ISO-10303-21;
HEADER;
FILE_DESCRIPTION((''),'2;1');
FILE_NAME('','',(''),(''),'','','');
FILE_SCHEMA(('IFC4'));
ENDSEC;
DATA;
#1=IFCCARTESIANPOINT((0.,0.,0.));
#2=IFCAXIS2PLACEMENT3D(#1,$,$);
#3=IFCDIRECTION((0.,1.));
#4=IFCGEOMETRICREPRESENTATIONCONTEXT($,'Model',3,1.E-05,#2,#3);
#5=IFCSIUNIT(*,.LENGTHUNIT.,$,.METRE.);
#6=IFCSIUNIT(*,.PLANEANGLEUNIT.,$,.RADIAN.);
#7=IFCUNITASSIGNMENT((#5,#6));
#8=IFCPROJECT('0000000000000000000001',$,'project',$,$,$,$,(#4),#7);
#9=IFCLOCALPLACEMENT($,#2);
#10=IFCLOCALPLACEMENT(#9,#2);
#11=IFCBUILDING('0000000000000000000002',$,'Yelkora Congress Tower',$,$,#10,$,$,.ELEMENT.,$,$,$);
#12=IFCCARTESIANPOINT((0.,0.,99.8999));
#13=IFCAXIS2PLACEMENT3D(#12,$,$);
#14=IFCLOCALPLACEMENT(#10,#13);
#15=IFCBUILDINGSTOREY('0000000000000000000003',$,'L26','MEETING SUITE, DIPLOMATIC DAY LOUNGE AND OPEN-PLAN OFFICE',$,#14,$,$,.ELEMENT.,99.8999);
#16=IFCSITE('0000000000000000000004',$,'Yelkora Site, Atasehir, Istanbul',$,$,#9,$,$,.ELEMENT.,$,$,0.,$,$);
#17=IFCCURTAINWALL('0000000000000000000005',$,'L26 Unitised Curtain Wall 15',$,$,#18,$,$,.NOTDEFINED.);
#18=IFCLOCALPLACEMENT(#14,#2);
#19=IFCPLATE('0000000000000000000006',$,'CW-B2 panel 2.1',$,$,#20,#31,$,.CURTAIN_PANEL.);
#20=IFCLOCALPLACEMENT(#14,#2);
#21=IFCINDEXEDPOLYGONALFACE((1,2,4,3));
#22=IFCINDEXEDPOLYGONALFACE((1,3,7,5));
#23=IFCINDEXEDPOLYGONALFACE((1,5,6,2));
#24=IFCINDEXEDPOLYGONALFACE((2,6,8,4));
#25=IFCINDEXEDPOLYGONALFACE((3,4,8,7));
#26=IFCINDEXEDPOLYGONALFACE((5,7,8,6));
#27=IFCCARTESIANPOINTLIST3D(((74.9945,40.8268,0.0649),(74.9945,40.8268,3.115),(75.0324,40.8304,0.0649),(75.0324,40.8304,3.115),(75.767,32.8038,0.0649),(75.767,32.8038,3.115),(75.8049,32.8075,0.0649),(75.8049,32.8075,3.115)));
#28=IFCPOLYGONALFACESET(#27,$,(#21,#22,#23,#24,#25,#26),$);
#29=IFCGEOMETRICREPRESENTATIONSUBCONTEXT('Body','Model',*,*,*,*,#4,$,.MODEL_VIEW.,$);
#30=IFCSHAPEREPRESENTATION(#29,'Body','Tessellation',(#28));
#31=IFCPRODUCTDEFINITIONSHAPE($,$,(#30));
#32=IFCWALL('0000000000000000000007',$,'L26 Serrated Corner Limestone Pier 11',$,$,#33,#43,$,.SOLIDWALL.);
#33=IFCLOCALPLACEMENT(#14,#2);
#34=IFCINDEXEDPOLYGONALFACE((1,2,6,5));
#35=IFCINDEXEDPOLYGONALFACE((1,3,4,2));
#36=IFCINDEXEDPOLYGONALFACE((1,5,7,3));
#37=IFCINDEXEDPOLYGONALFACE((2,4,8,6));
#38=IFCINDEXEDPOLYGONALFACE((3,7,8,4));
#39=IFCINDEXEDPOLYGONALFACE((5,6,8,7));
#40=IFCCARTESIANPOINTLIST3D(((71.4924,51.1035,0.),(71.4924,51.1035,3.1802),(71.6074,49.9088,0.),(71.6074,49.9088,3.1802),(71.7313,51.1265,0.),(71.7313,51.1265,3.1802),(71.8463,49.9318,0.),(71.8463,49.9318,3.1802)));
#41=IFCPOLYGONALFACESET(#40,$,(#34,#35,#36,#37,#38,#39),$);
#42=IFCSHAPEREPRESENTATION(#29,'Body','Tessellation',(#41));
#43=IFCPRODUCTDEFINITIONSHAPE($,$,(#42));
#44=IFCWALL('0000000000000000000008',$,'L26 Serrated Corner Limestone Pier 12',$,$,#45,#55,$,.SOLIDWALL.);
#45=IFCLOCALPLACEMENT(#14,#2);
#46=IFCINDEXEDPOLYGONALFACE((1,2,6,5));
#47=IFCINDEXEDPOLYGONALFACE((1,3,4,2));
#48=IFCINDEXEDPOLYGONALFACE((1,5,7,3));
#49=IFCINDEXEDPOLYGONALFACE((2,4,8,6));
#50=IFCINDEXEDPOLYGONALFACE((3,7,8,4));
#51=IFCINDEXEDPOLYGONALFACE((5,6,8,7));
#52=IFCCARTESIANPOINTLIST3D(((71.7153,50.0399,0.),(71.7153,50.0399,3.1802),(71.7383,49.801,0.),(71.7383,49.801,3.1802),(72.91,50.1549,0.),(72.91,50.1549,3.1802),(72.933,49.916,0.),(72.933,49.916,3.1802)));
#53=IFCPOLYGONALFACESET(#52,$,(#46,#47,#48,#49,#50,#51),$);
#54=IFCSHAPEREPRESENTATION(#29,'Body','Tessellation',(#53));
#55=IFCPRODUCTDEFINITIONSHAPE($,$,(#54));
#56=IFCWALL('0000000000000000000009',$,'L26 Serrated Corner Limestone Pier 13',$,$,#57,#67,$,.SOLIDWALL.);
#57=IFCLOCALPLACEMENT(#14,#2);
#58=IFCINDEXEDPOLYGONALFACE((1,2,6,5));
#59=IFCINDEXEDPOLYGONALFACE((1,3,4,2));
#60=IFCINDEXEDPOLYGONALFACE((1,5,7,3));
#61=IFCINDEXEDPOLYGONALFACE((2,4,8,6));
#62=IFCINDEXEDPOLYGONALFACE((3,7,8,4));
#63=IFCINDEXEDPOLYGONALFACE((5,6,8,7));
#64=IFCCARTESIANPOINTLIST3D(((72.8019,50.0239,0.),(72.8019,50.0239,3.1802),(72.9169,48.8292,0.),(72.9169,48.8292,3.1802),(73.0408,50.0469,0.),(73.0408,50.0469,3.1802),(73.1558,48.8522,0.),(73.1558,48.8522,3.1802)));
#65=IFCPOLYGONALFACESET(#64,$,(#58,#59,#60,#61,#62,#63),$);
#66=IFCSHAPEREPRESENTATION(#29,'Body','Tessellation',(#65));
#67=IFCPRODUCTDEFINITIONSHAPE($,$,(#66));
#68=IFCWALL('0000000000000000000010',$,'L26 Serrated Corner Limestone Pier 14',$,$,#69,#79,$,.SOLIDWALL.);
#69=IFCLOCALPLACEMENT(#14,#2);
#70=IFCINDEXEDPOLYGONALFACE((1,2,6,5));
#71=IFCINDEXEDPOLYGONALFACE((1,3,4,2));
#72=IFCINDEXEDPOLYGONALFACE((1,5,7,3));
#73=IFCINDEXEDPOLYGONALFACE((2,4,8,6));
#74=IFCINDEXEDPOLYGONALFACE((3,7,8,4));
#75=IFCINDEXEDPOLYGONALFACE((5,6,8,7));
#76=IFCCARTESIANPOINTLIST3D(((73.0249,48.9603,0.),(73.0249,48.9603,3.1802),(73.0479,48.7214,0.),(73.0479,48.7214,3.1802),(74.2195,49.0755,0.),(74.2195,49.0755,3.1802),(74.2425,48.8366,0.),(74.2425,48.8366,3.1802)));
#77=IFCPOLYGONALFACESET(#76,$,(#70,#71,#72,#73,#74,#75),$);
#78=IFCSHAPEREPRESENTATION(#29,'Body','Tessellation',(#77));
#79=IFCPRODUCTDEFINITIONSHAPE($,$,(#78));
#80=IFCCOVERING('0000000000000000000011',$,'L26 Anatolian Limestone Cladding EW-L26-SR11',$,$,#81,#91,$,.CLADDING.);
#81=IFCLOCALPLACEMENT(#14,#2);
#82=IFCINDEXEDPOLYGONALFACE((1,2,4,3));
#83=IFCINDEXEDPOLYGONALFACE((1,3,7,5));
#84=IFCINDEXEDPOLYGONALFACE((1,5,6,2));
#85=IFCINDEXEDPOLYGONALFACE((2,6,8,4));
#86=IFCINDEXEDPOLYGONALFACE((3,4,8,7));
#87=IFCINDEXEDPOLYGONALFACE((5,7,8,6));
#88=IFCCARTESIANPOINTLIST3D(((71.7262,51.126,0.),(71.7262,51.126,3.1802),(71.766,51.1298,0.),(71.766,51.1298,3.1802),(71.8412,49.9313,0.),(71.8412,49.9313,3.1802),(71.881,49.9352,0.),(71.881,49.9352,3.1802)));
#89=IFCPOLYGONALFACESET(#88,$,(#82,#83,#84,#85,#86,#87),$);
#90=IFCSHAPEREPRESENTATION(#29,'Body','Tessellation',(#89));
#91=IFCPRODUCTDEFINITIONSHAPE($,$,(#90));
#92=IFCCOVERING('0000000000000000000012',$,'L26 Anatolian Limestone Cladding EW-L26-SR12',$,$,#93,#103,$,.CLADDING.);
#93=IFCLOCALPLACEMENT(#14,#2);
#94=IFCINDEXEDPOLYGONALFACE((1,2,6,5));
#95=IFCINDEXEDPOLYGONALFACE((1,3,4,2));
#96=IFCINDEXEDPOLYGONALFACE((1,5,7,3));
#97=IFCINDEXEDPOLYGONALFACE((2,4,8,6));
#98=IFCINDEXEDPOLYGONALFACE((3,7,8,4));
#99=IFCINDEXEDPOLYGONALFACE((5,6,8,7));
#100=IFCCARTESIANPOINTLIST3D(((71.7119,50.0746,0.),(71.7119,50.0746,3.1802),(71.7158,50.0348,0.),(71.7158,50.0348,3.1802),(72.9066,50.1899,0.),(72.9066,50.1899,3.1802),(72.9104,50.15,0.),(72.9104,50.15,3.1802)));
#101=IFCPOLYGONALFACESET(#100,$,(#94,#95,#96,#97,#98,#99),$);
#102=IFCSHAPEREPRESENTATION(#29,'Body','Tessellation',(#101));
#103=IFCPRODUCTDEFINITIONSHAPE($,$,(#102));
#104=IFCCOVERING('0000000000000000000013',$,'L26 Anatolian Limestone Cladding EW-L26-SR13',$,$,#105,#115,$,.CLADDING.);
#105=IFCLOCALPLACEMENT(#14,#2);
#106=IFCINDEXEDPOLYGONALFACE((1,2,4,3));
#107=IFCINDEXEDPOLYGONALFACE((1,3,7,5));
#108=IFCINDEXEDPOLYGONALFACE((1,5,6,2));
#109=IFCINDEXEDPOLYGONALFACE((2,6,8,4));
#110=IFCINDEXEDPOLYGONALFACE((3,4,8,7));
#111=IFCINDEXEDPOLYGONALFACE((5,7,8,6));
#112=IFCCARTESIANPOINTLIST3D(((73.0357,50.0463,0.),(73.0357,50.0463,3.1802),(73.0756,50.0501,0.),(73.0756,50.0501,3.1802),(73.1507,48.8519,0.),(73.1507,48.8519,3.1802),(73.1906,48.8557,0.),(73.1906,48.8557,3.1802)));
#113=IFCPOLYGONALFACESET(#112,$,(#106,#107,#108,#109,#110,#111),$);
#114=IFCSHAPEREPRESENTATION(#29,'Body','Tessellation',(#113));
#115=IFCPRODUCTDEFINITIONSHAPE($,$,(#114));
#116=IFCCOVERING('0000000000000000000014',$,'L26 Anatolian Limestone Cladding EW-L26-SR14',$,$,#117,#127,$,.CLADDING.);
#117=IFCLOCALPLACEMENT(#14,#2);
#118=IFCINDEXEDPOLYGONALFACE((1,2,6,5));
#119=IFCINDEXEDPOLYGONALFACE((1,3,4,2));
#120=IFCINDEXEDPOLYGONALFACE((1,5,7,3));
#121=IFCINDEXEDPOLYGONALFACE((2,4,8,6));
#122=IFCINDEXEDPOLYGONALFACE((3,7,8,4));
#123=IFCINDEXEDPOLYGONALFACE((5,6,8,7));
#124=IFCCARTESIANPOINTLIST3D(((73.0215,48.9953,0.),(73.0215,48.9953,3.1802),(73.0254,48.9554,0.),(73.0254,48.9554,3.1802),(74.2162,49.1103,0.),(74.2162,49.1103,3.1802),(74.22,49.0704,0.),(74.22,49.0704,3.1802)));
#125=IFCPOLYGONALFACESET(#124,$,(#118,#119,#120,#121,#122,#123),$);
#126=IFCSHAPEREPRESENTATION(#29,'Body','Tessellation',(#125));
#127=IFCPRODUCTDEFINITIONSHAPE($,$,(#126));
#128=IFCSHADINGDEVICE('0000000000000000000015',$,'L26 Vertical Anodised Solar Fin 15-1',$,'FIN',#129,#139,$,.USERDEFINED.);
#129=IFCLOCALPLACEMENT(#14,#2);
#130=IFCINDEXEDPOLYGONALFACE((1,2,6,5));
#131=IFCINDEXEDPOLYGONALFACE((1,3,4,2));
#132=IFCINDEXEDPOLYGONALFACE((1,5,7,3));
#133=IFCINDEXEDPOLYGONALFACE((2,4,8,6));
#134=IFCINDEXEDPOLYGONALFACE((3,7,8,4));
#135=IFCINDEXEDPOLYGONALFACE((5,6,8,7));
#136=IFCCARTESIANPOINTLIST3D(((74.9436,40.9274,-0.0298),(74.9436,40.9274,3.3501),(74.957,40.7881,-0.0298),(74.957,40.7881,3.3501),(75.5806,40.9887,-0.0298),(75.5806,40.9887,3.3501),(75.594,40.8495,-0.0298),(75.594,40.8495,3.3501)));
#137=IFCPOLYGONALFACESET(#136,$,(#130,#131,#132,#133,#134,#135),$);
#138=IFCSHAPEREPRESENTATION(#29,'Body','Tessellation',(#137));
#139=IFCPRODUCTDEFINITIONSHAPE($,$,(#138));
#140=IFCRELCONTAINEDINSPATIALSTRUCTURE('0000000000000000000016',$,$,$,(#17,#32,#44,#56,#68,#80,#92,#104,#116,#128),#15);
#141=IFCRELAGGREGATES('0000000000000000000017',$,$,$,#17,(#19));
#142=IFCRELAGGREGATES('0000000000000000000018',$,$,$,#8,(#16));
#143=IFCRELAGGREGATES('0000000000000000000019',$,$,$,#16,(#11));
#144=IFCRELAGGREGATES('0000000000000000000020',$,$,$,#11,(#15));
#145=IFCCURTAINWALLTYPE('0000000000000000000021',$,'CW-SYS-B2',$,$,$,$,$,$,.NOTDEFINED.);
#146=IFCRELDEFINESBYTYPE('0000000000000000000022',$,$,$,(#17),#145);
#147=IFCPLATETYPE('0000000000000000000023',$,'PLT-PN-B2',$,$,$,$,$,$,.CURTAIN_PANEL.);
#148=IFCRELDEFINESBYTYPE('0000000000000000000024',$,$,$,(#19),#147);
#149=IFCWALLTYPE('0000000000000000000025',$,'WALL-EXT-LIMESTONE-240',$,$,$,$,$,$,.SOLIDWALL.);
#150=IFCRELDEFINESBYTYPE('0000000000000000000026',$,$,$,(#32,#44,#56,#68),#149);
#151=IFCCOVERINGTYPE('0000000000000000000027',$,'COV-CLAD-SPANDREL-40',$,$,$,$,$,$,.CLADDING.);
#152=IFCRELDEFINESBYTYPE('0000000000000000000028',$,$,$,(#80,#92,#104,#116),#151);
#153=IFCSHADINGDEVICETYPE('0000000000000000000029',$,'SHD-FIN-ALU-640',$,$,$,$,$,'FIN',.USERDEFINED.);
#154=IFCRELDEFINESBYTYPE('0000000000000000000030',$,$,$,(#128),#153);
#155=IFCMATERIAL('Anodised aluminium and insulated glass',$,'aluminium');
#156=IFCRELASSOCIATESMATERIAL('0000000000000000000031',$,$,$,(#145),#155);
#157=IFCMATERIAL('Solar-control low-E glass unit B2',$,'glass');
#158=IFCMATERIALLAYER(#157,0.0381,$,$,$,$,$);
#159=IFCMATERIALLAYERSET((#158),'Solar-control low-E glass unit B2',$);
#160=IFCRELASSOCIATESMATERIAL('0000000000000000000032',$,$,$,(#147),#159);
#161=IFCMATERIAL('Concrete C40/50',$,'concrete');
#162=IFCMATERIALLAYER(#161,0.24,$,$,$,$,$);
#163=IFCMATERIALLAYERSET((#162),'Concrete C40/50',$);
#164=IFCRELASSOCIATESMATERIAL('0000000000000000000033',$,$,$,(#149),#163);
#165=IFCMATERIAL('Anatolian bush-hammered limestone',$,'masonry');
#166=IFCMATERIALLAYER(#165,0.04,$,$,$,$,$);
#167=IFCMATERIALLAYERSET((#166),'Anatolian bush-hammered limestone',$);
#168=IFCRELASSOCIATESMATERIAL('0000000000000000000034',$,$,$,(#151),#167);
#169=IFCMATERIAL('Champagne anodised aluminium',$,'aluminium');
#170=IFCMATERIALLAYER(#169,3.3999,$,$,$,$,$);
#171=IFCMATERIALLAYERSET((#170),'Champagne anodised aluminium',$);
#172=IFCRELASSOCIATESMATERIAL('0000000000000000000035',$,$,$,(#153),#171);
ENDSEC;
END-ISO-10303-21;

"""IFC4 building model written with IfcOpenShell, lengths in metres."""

from ifc_helpers import new_model, si_unit, direction, frame, frame_2d, origin, origin_2d, place, context, subcontext, project, spatial, rectangle, extrude, material, layer, layer_set, type_object, element, aggregate, save


model = new_model("IFC4")

# Units and contexts
model_context = context("Model", 3, precision=1e-05, world=origin(), true_north=direction((0.0, 1.0)))
body_context = subcontext(model_context, "Body", "Model", "MODEL_VIEW")
ifc_project = project(units=[si_unit("LENGTHUNIT", "METRE"), si_unit("PLANEANGLEUNIT", "RADIAN")], contexts=[model_context])

# Site, building, storey
site_placement = place(None, origin())
site = spatial("IfcSite", under=ifc_project, at=site_placement, Name="Yelkora Site, Atasehir, Istanbul", CompositionType="ELEMENT", RefElevation=0.0)
building_placement = place(site_placement, origin())
building = spatial("IfcBuilding", under=site, at=building_placement, Name="Yelkora Congress Tower", CompositionType="ELEMENT")
storey_placement = place(building_placement, frame((0.0, 0.0, 99.8999)))
storey = spatial("IfcBuildingStorey", under=building, at=storey_placement, Name="L26", Description="MEETING SUITE, DIPLOMATIC DAY LOUNGE AND OPEN-PLAN OFFICE", CompositionType="ELEMENT", Elevation=99.8999)

# Shared definitions
ifc_material_1 = material(Name="Anodised aluminium and insulated glass", Category="aluminium")
curtain_wall_type = type_object("IfcCurtainWallType", Name="CW-SYS-B2", PredefinedType="NOTDEFINED", material=ifc_material_1)

# Curtain wall, plate
curtain_wall_1_placement = place(storey_placement, origin())
curtain_wall_1 = element("IfcCurtainWall", 1, at=curtain_wall_1_placement, inside=storey, type_object=curtain_wall_type, Name="L26 Unitised Curtain Wall 15", PredefinedType="NOTDEFINED")
ifc_material_2 = material(Name="Solar-control low-E glass unit B2", Category="glass")
ifc_layer_1 = layer(ifc_material_2, 0.0381)
ifc_layer_set_1 = layer_set([ifc_layer_1], Name="Solar-control low-E glass unit B2")
plate_type = type_object("IfcPlateType", Name="PLT-PN-B2", PredefinedType="CURTAIN_PANEL", material=ifc_layer_set_1)
plate_1_placement = place(storey_placement, frame((75.3997, 36.8171, 0.0649), z_axis=(0.0, 0.0, 1.0), x_axis=(0.095843, -0.995397, 0.0)))
plate_1 = element("IfcPlate", 2, at=plate_1_placement, type_object=plate_type, Name="CW-B2 panel 2.1", PredefinedType="CURTAIN_PANEL", context=body_context, shape_type="SweptSolid", body=[
    extrude(rectangle(XDim=8.0601, YDim=0.0381, at=origin_2d()), origin(), (0.0, 0.0, 1.0), 3.05),
])
aggregate(curtain_wall_1, [plate_1])

# Walls
ifc_material_3 = material(Name="Concrete C40/50", Category="concrete")
ifc_layer_2 = layer(ifc_material_3, 0.24)
ifc_layer_set_2 = layer_set([ifc_layer_2], Name="Concrete C40/50")
wall_type = type_object("IfcWallType", Name="WALL-EXT-LIMESTONE-240", PredefinedType="SOLIDWALL", material=ifc_layer_set_2)
for number, where, z_axis, x_axis, name in (
    (3, (71.6118, 51.115, 0.0), (0.0, 0.0, 1.0), (0.095817, -0.995399, 0.0), "L26 Serrated Corner Limestone Pier 11"),
    (4, (71.7268, 49.9204, 0.0), (0.0, 0.0, 1.0), (0.995399, 0.095817, 0.0), "L26 Serrated Corner Limestone Pier 12"),
    (5, (72.9214, 50.0354, 0.0), (0.0, 0.0, 1.0), (0.095817, -0.995399, 0.0), "L26 Serrated Corner Limestone Pier 13"),
    (6, (73.0364, 48.8408, 0.0), (0.0, 0.0, 1.0), (0.99538, 0.096019, 0.0), "L26 Serrated Corner Limestone Pier 14"),
):
    element("IfcWall", number, at=place(storey_placement, frame(where, z_axis=z_axis, x_axis=x_axis)), inside=storey, type_object=wall_type, Name=name, PredefinedType="SOLIDWALL", context=body_context, shape_type="SweptSolid", body=[
        extrude(rectangle(XDim=1.2002, YDim=0.24, at=frame_2d((0.6001, 0.0))), origin(), (0.0, 0.0, 1.0), 3.1802),
    ])

# Coverings
ifc_material_4 = material(Name="Anatolian bush-hammered limestone", Category="masonry")
ifc_layer_3 = layer(ifc_material_4, 0.04)
ifc_layer_set_3 = layer_set([ifc_layer_3], Name="Anatolian bush-hammered limestone")
covering_type = type_object("IfcCoveringType", Name="COV-CLAD-SPANDREL-40", PredefinedType="CLADDING", material=ifc_layer_set_3)
for number, where, z_axis, x_axis, name in (
    (7, (71.7461, 51.1279, 0.0), (0.0, 0.0, 1.0), (0.095817, -0.995399, 0.0), "L26 Anatolian Limestone Cladding EW-L26-SR11"),
    (8, (71.7139, 50.0547, 0.0), (0.0, 0.0, 1.0), (0.99538, 0.096019, 0.0), "L26 Anatolian Limestone Cladding EW-L26-SR12"),
):
    element("IfcCovering", number, at=place(storey_placement, frame(where, z_axis=z_axis, x_axis=x_axis)), inside=storey, type_object=covering_type, Name=name, PredefinedType="CLADDING", context=body_context, shape_type="SweptSolid", body=[
        extrude(rectangle(XDim=1.2002, YDim=0.04, at=frame_2d((0.6001, 0.0))), origin(), (0.0, 0.0, 1.0), 3.1802),
    ])
covering_1_placement = place(storey_placement, frame((73.0557, 50.0483, 0.0), z_axis=(0.0, 0.0, 1.0), x_axis=(0.095836, -0.995397, 0.0)))
element("IfcCovering", 9, at=covering_1_placement, inside=storey, type_object=covering_type, Name="L26 Anatolian Limestone Cladding EW-L26-SR13", PredefinedType="CLADDING", context=body_context, shape_type="SweptSolid", body=[
    extrude(rectangle(XDim=1.2, YDim=0.04, at=frame_2d((0.6001, 0.0))), origin(), (0.0, 0.0, 1.0), 3.1802),
])
covering_2_placement = place(storey_placement, frame((73.0234, 48.9753, 0.0), z_axis=(0.0, 0.0, 1.0), x_axis=(0.995399, 0.095817, 0.0)))
element("IfcCovering", 10, at=covering_2_placement, inside=storey, type_object=covering_type, Name="L26 Anatolian Limestone Cladding EW-L26-SR14", PredefinedType="CLADDING", context=body_context, shape_type="SweptSolid", body=[
    extrude(rectangle(XDim=1.2002, YDim=0.04, at=frame_2d((0.6001, 0.0))), origin(), (0.0, 0.0, 1.0), 3.1802),
])

# Shading device
ifc_material_5 = material(Name="Champagne anodised aluminium", Category="aluminium")
ifc_layer_4 = layer(ifc_material_5, 3.3999)
ifc_layer_set_4 = layer_set([ifc_layer_4], Name="Champagne anodised aluminium")
shading_device_type = type_object("IfcShadingDeviceType", Name="SHD-FIN-ALU-640", ElementType="FIN", PredefinedType="USERDEFINED", material=ifc_layer_set_4)
shading_device_placement = place(storey_placement, frame((75.2688, 40.8884, -0.0298), z_axis=(0.0, 0.0, 1.0), x_axis=(0.095846, -0.995396, 0.0)))
element("IfcShadingDevice", 11, at=shading_device_placement, inside=storey, type_object=shading_device_type, Name="L26 Vertical Anodised Solar Fin 15-1", ObjectType="FIN", PredefinedType="USERDEFINED", context=body_context, shape_type="SweptSolid", body=[
    extrude(rectangle(XDim=0.1399, YDim=0.6399, at=origin_2d()), origin(), (0.0, 0.0, 1.0), 3.3799),
])

save(model, "model.ifc")
